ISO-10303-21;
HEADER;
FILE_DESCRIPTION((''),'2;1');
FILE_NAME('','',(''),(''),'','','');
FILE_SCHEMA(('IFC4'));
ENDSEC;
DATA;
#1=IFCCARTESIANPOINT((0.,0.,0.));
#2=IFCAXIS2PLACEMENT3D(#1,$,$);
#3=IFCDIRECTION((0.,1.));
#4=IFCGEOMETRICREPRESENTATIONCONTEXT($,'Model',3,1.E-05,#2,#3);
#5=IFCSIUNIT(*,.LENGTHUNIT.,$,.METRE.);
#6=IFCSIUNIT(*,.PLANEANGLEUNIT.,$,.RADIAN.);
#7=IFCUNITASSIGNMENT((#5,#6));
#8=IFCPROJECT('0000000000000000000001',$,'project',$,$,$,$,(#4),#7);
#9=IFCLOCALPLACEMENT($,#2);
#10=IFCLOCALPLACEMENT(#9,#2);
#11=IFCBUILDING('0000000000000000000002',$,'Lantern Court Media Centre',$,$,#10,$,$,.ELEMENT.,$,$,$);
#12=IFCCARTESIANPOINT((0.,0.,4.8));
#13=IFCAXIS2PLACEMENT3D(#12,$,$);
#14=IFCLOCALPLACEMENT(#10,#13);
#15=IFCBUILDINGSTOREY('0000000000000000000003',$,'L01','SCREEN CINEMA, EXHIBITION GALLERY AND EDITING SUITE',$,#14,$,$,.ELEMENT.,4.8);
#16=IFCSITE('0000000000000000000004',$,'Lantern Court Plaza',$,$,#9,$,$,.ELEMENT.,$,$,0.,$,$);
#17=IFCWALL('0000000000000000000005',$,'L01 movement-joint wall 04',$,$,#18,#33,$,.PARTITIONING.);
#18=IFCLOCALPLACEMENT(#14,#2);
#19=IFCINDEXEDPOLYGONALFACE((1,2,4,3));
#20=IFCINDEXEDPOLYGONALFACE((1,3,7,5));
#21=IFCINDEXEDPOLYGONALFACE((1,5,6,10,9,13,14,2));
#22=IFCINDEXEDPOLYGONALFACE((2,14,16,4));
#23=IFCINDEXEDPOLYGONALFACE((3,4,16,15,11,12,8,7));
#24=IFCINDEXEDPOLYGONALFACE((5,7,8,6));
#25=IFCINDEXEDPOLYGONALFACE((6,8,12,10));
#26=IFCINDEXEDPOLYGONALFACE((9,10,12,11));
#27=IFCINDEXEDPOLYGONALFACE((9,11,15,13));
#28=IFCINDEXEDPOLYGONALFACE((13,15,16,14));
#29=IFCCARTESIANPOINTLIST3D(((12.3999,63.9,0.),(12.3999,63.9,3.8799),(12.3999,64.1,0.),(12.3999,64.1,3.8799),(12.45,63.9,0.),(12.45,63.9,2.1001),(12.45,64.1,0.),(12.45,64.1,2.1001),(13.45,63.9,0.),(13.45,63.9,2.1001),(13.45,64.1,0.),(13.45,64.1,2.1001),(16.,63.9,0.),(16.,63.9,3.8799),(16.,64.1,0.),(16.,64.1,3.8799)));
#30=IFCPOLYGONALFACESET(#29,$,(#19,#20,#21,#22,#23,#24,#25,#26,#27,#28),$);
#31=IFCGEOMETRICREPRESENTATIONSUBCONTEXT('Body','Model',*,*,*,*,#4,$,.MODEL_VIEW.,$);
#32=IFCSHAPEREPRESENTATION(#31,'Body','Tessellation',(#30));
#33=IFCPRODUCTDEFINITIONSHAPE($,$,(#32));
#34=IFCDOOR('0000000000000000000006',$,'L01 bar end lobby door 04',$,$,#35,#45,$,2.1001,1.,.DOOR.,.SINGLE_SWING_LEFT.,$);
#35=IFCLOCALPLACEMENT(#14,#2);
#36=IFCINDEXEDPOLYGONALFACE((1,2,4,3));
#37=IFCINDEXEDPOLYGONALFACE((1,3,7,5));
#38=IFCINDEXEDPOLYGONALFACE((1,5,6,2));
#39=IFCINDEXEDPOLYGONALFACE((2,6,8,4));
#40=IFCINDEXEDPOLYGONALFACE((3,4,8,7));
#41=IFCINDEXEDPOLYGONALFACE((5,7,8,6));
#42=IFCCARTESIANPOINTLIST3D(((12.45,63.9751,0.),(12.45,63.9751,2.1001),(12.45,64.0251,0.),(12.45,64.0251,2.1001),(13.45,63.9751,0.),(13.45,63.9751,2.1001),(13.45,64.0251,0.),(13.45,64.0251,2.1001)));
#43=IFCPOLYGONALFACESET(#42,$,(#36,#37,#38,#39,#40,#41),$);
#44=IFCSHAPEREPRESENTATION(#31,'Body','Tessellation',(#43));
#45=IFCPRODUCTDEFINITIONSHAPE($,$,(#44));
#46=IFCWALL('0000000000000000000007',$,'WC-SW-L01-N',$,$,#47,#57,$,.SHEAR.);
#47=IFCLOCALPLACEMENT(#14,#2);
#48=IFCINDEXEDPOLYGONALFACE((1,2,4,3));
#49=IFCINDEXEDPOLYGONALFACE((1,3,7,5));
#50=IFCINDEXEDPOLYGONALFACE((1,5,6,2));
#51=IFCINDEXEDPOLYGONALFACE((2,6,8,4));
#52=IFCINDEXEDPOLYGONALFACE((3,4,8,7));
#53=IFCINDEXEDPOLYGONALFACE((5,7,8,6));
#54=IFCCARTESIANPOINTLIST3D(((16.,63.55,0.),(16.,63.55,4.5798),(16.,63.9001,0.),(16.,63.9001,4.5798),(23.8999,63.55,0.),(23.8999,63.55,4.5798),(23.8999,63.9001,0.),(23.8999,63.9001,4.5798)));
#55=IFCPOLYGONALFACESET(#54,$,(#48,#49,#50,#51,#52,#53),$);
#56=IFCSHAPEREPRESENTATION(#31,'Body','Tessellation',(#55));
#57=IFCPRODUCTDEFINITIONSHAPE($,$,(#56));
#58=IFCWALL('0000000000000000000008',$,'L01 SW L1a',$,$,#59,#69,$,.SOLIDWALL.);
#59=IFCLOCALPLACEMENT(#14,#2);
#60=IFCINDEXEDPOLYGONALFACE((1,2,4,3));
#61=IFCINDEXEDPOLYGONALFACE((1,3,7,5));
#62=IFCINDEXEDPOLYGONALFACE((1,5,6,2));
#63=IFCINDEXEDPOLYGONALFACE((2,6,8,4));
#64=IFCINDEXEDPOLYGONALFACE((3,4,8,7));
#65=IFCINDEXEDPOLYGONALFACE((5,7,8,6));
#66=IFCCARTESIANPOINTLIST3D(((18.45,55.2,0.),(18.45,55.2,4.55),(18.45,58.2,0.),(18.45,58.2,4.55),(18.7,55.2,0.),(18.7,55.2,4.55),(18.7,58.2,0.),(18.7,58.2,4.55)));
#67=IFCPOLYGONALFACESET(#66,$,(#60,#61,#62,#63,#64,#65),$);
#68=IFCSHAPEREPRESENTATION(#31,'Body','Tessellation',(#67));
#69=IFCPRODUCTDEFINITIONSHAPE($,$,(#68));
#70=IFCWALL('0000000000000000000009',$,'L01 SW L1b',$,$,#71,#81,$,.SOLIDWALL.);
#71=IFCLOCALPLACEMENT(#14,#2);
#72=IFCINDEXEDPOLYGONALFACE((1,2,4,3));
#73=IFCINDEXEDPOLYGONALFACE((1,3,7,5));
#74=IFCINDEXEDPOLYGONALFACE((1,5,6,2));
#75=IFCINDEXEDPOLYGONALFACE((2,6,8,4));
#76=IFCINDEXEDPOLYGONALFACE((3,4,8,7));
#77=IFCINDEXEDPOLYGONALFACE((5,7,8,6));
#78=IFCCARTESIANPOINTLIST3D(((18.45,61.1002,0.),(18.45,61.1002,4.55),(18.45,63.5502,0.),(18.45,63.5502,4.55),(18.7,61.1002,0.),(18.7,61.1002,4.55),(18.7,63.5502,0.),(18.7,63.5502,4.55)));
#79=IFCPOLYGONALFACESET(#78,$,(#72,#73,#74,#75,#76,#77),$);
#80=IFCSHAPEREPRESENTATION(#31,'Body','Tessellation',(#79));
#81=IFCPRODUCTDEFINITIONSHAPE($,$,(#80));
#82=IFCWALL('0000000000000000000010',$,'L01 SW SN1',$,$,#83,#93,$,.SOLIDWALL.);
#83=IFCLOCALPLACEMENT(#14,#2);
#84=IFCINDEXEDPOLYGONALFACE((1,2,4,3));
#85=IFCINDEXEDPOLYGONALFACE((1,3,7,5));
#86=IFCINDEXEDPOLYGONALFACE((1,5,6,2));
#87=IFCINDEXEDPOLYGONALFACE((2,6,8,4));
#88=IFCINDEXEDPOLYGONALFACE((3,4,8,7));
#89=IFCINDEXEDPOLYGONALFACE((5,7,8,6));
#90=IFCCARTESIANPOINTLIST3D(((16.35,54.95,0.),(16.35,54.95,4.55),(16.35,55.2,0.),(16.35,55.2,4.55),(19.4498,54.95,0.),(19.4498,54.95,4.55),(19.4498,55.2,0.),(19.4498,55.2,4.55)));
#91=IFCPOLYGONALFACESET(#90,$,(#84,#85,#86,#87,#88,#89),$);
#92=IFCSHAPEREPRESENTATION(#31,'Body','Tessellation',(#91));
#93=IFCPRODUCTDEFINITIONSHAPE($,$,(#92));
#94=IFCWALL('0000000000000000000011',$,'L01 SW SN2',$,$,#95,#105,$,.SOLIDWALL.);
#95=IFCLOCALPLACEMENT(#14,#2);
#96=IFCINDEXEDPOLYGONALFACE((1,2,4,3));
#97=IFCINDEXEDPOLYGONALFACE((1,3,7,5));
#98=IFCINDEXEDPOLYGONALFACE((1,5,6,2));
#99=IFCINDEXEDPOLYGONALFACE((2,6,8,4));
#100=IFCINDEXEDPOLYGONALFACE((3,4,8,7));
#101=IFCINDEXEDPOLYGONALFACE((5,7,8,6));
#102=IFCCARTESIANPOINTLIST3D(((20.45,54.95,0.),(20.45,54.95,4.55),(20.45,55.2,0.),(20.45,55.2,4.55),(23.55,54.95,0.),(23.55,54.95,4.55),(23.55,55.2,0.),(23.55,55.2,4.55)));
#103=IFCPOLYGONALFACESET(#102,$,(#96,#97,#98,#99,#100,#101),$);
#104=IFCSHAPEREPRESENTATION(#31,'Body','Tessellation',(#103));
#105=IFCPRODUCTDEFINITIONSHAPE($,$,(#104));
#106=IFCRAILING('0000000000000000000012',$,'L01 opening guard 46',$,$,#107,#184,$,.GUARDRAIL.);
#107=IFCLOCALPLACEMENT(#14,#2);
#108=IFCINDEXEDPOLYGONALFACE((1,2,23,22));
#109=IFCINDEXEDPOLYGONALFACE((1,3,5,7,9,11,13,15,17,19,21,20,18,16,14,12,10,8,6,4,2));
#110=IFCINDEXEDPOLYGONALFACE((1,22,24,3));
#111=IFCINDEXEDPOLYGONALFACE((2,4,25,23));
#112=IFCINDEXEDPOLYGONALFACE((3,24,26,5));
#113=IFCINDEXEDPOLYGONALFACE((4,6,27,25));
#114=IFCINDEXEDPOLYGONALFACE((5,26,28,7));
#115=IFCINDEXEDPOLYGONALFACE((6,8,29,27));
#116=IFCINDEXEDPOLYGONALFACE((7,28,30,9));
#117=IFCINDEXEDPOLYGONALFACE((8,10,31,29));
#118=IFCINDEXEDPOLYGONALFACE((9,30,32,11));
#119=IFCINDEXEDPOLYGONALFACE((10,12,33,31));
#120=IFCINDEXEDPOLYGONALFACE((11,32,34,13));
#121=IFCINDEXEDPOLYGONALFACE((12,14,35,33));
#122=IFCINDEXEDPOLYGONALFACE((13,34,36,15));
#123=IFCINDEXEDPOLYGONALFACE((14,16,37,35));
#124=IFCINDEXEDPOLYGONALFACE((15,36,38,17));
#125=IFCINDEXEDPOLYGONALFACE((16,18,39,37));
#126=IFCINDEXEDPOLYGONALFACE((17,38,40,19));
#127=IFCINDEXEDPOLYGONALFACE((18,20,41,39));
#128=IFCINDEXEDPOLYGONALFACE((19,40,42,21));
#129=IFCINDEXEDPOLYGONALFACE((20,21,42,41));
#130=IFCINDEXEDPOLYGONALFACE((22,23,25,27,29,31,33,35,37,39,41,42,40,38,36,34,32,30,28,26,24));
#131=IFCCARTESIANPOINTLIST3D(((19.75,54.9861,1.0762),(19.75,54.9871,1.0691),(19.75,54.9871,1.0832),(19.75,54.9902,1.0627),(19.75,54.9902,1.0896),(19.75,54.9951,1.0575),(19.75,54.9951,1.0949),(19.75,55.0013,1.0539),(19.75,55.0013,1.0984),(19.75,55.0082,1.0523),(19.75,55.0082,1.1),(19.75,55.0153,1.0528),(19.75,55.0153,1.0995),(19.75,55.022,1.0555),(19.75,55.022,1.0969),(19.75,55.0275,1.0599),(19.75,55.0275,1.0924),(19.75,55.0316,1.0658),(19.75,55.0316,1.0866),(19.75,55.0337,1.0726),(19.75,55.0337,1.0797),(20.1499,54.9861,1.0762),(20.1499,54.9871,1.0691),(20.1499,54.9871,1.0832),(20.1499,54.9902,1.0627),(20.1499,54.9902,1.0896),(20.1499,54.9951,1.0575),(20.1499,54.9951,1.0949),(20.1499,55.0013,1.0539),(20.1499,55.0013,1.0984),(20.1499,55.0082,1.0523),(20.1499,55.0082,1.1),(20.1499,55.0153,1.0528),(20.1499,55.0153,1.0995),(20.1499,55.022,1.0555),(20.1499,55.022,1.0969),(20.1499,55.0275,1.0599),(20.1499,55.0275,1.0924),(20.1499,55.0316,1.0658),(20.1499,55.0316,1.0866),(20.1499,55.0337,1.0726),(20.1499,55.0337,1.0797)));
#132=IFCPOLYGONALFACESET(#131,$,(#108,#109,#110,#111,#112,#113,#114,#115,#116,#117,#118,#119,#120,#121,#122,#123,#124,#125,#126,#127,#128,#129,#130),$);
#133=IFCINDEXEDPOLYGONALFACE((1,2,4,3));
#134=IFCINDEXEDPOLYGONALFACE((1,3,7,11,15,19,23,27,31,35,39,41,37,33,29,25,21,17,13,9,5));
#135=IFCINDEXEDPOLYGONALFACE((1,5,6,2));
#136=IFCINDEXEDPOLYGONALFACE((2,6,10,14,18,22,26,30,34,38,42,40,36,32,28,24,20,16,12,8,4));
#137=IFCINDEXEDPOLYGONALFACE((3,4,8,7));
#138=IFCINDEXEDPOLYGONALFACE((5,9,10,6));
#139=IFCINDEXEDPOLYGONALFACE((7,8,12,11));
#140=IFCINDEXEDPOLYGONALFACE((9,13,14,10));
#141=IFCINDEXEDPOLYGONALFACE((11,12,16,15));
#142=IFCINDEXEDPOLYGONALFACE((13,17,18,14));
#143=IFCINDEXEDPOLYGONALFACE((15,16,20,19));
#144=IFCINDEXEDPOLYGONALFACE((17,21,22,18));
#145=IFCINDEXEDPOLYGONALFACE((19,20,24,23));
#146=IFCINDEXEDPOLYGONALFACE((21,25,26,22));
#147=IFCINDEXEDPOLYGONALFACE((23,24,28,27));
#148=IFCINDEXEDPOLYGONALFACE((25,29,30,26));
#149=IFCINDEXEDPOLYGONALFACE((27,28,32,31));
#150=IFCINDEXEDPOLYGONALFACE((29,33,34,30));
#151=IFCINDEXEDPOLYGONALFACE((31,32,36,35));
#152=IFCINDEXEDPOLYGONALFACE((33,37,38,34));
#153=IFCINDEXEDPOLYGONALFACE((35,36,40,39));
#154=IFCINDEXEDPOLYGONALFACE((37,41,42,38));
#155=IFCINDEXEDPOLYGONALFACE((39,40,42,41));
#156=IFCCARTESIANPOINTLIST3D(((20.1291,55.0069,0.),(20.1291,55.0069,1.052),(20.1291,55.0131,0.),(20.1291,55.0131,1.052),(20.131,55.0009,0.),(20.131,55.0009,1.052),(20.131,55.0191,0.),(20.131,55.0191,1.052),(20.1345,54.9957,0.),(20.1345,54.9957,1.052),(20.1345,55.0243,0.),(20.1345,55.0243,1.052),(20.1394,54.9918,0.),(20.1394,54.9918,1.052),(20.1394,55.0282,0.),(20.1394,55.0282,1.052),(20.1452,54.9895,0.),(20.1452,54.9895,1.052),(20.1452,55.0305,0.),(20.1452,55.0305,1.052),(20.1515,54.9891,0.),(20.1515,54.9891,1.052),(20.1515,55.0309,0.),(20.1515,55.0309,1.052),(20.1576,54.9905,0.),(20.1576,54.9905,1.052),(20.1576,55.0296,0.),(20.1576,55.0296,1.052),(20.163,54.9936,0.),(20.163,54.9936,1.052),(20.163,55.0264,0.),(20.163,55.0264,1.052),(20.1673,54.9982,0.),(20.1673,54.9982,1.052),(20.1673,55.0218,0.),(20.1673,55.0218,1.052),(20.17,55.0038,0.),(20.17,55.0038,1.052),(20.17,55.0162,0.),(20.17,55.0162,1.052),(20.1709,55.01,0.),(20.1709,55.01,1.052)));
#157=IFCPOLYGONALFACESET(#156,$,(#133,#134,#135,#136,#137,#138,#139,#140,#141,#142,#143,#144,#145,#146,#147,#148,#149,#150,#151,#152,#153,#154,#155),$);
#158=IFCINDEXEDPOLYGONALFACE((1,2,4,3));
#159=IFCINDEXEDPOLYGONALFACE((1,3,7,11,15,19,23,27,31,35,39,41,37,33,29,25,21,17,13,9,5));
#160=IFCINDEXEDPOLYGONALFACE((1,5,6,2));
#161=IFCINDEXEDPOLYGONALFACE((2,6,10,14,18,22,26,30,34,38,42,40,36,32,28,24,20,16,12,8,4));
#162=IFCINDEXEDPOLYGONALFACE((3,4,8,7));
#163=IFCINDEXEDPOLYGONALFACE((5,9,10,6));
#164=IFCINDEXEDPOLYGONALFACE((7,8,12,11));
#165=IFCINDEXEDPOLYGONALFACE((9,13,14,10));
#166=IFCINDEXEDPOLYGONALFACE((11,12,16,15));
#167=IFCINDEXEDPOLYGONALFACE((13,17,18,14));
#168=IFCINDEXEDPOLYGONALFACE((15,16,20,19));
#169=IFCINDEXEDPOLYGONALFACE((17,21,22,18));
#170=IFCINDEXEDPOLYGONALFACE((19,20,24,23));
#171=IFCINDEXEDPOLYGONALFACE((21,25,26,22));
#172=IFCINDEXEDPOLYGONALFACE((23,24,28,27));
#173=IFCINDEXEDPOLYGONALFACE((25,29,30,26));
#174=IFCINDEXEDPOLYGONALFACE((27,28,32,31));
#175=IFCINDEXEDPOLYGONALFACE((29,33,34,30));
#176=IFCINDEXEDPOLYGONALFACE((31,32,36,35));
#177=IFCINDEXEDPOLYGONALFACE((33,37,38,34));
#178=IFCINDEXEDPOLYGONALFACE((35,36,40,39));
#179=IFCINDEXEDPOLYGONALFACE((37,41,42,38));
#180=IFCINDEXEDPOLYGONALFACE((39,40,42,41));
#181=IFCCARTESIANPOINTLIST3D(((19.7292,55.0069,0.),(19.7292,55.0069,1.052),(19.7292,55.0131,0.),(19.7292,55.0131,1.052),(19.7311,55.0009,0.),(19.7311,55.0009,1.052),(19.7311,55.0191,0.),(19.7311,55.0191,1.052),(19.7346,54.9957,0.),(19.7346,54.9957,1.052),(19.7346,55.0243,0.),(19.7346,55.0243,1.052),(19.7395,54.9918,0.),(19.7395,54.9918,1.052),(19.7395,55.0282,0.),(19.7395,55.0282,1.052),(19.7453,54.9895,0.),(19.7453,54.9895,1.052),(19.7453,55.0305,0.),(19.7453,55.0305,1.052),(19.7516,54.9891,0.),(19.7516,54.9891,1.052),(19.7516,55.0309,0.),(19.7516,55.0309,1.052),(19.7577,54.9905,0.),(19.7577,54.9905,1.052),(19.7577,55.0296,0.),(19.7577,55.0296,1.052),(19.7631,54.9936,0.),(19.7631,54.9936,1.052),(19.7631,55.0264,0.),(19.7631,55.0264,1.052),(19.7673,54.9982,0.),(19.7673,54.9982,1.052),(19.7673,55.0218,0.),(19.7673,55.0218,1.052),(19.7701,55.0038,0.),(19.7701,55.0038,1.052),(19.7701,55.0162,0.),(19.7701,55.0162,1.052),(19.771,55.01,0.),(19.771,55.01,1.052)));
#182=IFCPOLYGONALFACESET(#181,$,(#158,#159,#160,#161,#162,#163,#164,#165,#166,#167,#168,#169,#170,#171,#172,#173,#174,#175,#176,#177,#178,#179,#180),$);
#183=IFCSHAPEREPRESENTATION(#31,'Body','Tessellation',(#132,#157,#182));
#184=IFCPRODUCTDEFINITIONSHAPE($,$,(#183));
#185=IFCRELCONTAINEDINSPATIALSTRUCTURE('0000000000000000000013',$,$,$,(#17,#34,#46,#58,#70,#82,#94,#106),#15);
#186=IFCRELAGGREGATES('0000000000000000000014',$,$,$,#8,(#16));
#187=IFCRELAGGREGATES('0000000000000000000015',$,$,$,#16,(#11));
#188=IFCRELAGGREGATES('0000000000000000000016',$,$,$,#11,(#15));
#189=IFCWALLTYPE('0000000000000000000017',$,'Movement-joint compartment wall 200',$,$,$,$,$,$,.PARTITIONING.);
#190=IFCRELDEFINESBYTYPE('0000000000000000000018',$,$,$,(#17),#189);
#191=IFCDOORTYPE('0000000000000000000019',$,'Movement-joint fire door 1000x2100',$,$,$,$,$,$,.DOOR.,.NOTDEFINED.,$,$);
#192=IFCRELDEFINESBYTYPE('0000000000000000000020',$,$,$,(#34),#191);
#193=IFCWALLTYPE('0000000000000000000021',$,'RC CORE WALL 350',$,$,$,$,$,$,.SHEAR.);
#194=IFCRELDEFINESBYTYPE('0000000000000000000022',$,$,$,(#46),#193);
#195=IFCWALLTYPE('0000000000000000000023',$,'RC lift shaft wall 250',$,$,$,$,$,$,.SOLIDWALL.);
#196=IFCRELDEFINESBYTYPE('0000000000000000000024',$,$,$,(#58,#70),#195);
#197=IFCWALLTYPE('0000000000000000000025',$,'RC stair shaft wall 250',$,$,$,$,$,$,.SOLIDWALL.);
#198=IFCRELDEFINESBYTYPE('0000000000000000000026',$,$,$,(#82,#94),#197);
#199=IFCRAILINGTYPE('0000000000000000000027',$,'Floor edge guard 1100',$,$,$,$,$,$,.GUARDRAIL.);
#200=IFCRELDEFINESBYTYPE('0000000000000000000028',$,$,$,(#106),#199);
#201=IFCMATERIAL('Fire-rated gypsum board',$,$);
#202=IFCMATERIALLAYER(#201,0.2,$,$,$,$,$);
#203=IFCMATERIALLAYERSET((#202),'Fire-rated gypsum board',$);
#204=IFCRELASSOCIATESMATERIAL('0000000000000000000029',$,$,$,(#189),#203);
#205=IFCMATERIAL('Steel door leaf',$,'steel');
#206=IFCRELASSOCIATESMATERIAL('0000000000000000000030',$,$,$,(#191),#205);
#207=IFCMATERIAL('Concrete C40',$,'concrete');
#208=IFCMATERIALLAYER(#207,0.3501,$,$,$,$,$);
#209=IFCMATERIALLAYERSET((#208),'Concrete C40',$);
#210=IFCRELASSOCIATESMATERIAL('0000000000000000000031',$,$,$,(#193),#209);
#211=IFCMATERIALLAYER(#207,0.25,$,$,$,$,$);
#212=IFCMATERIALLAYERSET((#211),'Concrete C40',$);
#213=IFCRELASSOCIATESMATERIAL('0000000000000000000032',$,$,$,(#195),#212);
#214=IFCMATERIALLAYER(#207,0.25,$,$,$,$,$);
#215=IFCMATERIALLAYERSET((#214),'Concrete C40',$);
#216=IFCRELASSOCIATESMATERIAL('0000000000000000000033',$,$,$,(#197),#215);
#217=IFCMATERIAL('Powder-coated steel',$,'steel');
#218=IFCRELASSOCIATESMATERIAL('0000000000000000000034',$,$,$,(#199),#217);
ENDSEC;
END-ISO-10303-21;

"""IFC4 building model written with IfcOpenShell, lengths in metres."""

from ifc_helpers import new_model, si_unit, direction, frame, frame_2d, origin, origin_2d, place, context, subcontext, project, spatial, rectangle, circle, extrude, material, layer, layer_set, type_object, element, fill, save


model = new_model("IFC4")

# Units and contexts
model_context = context("Model", 3, precision=1e-05, world=origin(), true_north=direction((0.0, 1.0)))
body_context = subcontext(model_context, "Body", "Model", "MODEL_VIEW")
ifc_project = project(units=[si_unit("LENGTHUNIT", "METRE"), si_unit("PLANEANGLEUNIT", "RADIAN")], contexts=[model_context])

# Site, building, storey
site_placement = place(None, origin())
site = spatial("IfcSite", under=ifc_project, at=site_placement, Name="Lantern Court Plaza", CompositionType="ELEMENT", RefElevation=0.0)
building_placement = place(site_placement, origin())
building = spatial("IfcBuilding", under=site, at=building_placement, Name="Lantern Court Media Centre", CompositionType="ELEMENT")
storey_placement = place(building_placement, frame((0.0, 0.0, 4.8)))
storey = spatial("IfcBuildingStorey", under=building, at=storey_placement, Name="L01", Description="SCREEN CINEMA, EXHIBITION GALLERY AND EDITING SUITE", CompositionType="ELEMENT", Elevation=4.8)

# Shared definitions
ifc_material_1 = material(Name="Concrete C40", Category="concrete")
ifc_material_2 = material(Name="Steel door leaf", Category="steel")

# Wall, opening, door
ifc_material_3 = material(Name="Fire-rated gypsum board")
ifc_layer_1 = layer(ifc_material_3, 0.2)
ifc_layer_set_1 = layer_set([ifc_layer_1], Name="Fire-rated gypsum board")
wall_type_1 = type_object("IfcWallType", Name="Movement-joint compartment wall 200", PredefinedType="PARTITIONING", material=ifc_layer_set_1)
wall_1_placement = place(storey_placement, frame((12.3999, 64.0, 0.0), z_axis=(0.0, 0.0, 1.0), x_axis=(1.0, 0.0, 0.0)))
wall_1 = element("IfcWall", 1, at=wall_1_placement, inside=storey, type_object=wall_type_1, Name="L01 movement-joint wall 04", PredefinedType="PARTITIONING", context=body_context, shape_type="SweptSolid", body=[
    extrude(rectangle(XDim=3.6001, YDim=0.2, at=frame_2d((1.8, 0.0))), origin(), (0.0, 0.0, 1.0), 3.8799),
])
opening_1_placement = place(wall_1_placement, frame((0.05, 0.0, 0.0)))
opening_1 = element("IfcOpeningElement", 2, at=opening_1_placement, cuts=wall_1, PredefinedType="OPENING", context=body_context, shape_type="SweptSolid", body=[
    extrude(rectangle(XDim=1.0, YDim=2.1001, at=frame_2d((0.5, 1.05))), frame((0.0, 0.1099, 0.0), z_axis=(0.0, -1.0, 0.0), x_axis=(1.0, 0.0, 0.0)), (0.0, 0.0, 1.0), 0.22),
])
door_type_1 = type_object("IfcDoorType", Name="Movement-joint fire door 1000x2100", OperationType="NOTDEFINED", PredefinedType="DOOR", material=ifc_material_2)
door_1_placement = place(opening_1_placement, frame((1.0, 0.0, 0.0), z_axis=(0.0, 0.0, 1.0), x_axis=(-1.0, 0.0, 0.0)))
door_1 = element("IfcDoor", 3, at=door_1_placement, inside=storey, type_object=door_type_1, Name="L01 bar end lobby door 04", OperationType="SINGLE_SWING_LEFT", OverallHeight=2.1001, OverallWidth=1.0, PredefinedType="DOOR", context=body_context, shape_type="SweptSolid", body=[
    extrude(rectangle(XDim=1.0, YDim=2.1001, at=frame_2d((0.5, 1.05))), frame((0.0, 0.0249, 0.0), z_axis=(0.0, -1.0, 0.0), x_axis=(1.0, 0.0, 0.0)), (0.0, 0.0, 1.0), 0.05),
])
fill(opening_1, door_1)

# Walls
ifc_layer_2 = layer(ifc_material_1, 0.3501)
ifc_layer_set_2 = layer_set([ifc_layer_2], Name="Concrete C40")
wall_type_2 = type_object("IfcWallType", Name="RC CORE WALL 350", PredefinedType="SHEAR", material=ifc_layer_set_2)
wall_2_placement = place(storey_placement, frame((16.0, 63.7251, 0.0), z_axis=(0.0, 0.0, 1.0), x_axis=(1.0, 0.0, 0.0)))
element("IfcWall", 4, at=wall_2_placement, inside=storey, type_object=wall_type_2, Name="WC-SW-L01-N", PredefinedType="SHEAR", context=body_context, shape_type="SweptSolid", body=[
    extrude(rectangle(XDim=7.8999, YDim=0.3501, at=frame_2d((3.95, 0.0))), origin(), (0.0, 0.0, 1.0), 4.5798),
])
ifc_layer_3 = layer(ifc_material_1, 0.25)
ifc_layer_set_3 = layer_set([ifc_layer_3], Name="Concrete C40")
wall_type_3 = type_object("IfcWallType", Name="RC lift shaft wall 250", PredefinedType="SOLIDWALL", material=ifc_layer_set_3)
wall_3_placement = place(storey_placement, frame((18.575, 55.2, 0.0), z_axis=(0.0, 0.0, 1.0), x_axis=(0.0, 1.0, 0.0)))
element("IfcWall", 5, at=wall_3_placement, inside=storey, type_object=wall_type_3, Name="L01 SW L1a", PredefinedType="SOLIDWALL", context=body_context, shape_type="SweptSolid", body=[
    extrude(rectangle(XDim=3.0, YDim=0.25, at=frame_2d((1.5, 0.0))), origin(), (0.0, 0.0, 1.0), 4.55),
])
wall_4_placement = place(storey_placement, frame((18.575, 61.1001, 0.0), z_axis=(0.0, 0.0, 1.0), x_axis=(0.0, 1.0, 0.0)))
element("IfcWall", 6, at=wall_4_placement, inside=storey, type_object=wall_type_3, Name="L01 SW L1b", PredefinedType="SOLIDWALL", context=body_context, shape_type="SweptSolid", body=[
    extrude(rectangle(XDim=2.45, YDim=0.25, at=frame_2d((1.2251, 0.0))), origin(), (0.0, 0.0, 1.0), 4.55),
])
ifc_layer_4 = layer(ifc_material_1, 0.25)
ifc_layer_set_4 = layer_set([ifc_layer_4], Name="Concrete C40")
wall_type_4 = type_object("IfcWallType", Name="RC stair shaft wall 250", PredefinedType="SOLIDWALL", material=ifc_layer_set_4)
wall_5_placement = place(storey_placement, frame((16.3501, 55.075, 0.0), z_axis=(0.0, 0.0, 1.0), x_axis=(1.0, 0.0, 0.0)))
element("IfcWall", 7, at=wall_5_placement, inside=storey, type_object=wall_type_4, Name="L01 SW SN1", PredefinedType="SOLIDWALL", context=body_context, shape_type="SweptSolid", body=[
    extrude(rectangle(XDim=3.0999, YDim=0.25, at=frame_2d((1.5498, 0.0))), origin(), (0.0, 0.0, 1.0), 4.55),
])
wall_6_placement = place(storey_placement, frame((20.45, 55.075, 0.0), z_axis=(0.0, 0.0, 1.0), x_axis=(1.0, 0.0, 0.0)))
element("IfcWall", 8, at=wall_6_placement, inside=storey, type_object=wall_type_4, Name="L01 SW SN2", PredefinedType="SOLIDWALL", context=body_context, shape_type="SweptSolid", body=[
    extrude(rectangle(XDim=3.1001, YDim=0.25, at=frame_2d((1.55, 0.0))), origin(), (0.0, 0.0, 1.0), 4.55),
])

# Railing
ifc_material_4 = material(Name="Powder-coated steel", Category="steel")
railing_type_1 = type_object("IfcRailingType", Name="Floor edge guard 1100", PredefinedType="GUARDRAIL", material=ifc_material_4)
railing_1_placement = place(storey_placement, frame((20.1499, 55.01, 0.0)))
element("IfcRailing", 9, at=railing_1_placement, inside=storey, type_object=railing_type_1, Name="L01 opening guard 46", PredefinedType="GUARDRAIL", context=body_context, shape_type="SweptSolid", body=[
    extrude(circle(Radius=0.0239, at=origin_2d()), frame((0.0, 0.0, 1.0762), z_axis=(-1.0, 0.0, 0.0), x_axis=(0.0, -1.0, 0.0)), (0.0, 0.0, 1.0), 0.3999),
    extrude(circle(Radius=0.021, at=origin_2d()), origin(), (0.0, 0.0, 1.0), 1.052),
    extrude(circle(Radius=0.021, at=origin_2d()), frame((-0.3999, 0.0, 0.0)), (0.0, 0.0, 1.0), 1.052),
])

save(model, "model.ifc")
